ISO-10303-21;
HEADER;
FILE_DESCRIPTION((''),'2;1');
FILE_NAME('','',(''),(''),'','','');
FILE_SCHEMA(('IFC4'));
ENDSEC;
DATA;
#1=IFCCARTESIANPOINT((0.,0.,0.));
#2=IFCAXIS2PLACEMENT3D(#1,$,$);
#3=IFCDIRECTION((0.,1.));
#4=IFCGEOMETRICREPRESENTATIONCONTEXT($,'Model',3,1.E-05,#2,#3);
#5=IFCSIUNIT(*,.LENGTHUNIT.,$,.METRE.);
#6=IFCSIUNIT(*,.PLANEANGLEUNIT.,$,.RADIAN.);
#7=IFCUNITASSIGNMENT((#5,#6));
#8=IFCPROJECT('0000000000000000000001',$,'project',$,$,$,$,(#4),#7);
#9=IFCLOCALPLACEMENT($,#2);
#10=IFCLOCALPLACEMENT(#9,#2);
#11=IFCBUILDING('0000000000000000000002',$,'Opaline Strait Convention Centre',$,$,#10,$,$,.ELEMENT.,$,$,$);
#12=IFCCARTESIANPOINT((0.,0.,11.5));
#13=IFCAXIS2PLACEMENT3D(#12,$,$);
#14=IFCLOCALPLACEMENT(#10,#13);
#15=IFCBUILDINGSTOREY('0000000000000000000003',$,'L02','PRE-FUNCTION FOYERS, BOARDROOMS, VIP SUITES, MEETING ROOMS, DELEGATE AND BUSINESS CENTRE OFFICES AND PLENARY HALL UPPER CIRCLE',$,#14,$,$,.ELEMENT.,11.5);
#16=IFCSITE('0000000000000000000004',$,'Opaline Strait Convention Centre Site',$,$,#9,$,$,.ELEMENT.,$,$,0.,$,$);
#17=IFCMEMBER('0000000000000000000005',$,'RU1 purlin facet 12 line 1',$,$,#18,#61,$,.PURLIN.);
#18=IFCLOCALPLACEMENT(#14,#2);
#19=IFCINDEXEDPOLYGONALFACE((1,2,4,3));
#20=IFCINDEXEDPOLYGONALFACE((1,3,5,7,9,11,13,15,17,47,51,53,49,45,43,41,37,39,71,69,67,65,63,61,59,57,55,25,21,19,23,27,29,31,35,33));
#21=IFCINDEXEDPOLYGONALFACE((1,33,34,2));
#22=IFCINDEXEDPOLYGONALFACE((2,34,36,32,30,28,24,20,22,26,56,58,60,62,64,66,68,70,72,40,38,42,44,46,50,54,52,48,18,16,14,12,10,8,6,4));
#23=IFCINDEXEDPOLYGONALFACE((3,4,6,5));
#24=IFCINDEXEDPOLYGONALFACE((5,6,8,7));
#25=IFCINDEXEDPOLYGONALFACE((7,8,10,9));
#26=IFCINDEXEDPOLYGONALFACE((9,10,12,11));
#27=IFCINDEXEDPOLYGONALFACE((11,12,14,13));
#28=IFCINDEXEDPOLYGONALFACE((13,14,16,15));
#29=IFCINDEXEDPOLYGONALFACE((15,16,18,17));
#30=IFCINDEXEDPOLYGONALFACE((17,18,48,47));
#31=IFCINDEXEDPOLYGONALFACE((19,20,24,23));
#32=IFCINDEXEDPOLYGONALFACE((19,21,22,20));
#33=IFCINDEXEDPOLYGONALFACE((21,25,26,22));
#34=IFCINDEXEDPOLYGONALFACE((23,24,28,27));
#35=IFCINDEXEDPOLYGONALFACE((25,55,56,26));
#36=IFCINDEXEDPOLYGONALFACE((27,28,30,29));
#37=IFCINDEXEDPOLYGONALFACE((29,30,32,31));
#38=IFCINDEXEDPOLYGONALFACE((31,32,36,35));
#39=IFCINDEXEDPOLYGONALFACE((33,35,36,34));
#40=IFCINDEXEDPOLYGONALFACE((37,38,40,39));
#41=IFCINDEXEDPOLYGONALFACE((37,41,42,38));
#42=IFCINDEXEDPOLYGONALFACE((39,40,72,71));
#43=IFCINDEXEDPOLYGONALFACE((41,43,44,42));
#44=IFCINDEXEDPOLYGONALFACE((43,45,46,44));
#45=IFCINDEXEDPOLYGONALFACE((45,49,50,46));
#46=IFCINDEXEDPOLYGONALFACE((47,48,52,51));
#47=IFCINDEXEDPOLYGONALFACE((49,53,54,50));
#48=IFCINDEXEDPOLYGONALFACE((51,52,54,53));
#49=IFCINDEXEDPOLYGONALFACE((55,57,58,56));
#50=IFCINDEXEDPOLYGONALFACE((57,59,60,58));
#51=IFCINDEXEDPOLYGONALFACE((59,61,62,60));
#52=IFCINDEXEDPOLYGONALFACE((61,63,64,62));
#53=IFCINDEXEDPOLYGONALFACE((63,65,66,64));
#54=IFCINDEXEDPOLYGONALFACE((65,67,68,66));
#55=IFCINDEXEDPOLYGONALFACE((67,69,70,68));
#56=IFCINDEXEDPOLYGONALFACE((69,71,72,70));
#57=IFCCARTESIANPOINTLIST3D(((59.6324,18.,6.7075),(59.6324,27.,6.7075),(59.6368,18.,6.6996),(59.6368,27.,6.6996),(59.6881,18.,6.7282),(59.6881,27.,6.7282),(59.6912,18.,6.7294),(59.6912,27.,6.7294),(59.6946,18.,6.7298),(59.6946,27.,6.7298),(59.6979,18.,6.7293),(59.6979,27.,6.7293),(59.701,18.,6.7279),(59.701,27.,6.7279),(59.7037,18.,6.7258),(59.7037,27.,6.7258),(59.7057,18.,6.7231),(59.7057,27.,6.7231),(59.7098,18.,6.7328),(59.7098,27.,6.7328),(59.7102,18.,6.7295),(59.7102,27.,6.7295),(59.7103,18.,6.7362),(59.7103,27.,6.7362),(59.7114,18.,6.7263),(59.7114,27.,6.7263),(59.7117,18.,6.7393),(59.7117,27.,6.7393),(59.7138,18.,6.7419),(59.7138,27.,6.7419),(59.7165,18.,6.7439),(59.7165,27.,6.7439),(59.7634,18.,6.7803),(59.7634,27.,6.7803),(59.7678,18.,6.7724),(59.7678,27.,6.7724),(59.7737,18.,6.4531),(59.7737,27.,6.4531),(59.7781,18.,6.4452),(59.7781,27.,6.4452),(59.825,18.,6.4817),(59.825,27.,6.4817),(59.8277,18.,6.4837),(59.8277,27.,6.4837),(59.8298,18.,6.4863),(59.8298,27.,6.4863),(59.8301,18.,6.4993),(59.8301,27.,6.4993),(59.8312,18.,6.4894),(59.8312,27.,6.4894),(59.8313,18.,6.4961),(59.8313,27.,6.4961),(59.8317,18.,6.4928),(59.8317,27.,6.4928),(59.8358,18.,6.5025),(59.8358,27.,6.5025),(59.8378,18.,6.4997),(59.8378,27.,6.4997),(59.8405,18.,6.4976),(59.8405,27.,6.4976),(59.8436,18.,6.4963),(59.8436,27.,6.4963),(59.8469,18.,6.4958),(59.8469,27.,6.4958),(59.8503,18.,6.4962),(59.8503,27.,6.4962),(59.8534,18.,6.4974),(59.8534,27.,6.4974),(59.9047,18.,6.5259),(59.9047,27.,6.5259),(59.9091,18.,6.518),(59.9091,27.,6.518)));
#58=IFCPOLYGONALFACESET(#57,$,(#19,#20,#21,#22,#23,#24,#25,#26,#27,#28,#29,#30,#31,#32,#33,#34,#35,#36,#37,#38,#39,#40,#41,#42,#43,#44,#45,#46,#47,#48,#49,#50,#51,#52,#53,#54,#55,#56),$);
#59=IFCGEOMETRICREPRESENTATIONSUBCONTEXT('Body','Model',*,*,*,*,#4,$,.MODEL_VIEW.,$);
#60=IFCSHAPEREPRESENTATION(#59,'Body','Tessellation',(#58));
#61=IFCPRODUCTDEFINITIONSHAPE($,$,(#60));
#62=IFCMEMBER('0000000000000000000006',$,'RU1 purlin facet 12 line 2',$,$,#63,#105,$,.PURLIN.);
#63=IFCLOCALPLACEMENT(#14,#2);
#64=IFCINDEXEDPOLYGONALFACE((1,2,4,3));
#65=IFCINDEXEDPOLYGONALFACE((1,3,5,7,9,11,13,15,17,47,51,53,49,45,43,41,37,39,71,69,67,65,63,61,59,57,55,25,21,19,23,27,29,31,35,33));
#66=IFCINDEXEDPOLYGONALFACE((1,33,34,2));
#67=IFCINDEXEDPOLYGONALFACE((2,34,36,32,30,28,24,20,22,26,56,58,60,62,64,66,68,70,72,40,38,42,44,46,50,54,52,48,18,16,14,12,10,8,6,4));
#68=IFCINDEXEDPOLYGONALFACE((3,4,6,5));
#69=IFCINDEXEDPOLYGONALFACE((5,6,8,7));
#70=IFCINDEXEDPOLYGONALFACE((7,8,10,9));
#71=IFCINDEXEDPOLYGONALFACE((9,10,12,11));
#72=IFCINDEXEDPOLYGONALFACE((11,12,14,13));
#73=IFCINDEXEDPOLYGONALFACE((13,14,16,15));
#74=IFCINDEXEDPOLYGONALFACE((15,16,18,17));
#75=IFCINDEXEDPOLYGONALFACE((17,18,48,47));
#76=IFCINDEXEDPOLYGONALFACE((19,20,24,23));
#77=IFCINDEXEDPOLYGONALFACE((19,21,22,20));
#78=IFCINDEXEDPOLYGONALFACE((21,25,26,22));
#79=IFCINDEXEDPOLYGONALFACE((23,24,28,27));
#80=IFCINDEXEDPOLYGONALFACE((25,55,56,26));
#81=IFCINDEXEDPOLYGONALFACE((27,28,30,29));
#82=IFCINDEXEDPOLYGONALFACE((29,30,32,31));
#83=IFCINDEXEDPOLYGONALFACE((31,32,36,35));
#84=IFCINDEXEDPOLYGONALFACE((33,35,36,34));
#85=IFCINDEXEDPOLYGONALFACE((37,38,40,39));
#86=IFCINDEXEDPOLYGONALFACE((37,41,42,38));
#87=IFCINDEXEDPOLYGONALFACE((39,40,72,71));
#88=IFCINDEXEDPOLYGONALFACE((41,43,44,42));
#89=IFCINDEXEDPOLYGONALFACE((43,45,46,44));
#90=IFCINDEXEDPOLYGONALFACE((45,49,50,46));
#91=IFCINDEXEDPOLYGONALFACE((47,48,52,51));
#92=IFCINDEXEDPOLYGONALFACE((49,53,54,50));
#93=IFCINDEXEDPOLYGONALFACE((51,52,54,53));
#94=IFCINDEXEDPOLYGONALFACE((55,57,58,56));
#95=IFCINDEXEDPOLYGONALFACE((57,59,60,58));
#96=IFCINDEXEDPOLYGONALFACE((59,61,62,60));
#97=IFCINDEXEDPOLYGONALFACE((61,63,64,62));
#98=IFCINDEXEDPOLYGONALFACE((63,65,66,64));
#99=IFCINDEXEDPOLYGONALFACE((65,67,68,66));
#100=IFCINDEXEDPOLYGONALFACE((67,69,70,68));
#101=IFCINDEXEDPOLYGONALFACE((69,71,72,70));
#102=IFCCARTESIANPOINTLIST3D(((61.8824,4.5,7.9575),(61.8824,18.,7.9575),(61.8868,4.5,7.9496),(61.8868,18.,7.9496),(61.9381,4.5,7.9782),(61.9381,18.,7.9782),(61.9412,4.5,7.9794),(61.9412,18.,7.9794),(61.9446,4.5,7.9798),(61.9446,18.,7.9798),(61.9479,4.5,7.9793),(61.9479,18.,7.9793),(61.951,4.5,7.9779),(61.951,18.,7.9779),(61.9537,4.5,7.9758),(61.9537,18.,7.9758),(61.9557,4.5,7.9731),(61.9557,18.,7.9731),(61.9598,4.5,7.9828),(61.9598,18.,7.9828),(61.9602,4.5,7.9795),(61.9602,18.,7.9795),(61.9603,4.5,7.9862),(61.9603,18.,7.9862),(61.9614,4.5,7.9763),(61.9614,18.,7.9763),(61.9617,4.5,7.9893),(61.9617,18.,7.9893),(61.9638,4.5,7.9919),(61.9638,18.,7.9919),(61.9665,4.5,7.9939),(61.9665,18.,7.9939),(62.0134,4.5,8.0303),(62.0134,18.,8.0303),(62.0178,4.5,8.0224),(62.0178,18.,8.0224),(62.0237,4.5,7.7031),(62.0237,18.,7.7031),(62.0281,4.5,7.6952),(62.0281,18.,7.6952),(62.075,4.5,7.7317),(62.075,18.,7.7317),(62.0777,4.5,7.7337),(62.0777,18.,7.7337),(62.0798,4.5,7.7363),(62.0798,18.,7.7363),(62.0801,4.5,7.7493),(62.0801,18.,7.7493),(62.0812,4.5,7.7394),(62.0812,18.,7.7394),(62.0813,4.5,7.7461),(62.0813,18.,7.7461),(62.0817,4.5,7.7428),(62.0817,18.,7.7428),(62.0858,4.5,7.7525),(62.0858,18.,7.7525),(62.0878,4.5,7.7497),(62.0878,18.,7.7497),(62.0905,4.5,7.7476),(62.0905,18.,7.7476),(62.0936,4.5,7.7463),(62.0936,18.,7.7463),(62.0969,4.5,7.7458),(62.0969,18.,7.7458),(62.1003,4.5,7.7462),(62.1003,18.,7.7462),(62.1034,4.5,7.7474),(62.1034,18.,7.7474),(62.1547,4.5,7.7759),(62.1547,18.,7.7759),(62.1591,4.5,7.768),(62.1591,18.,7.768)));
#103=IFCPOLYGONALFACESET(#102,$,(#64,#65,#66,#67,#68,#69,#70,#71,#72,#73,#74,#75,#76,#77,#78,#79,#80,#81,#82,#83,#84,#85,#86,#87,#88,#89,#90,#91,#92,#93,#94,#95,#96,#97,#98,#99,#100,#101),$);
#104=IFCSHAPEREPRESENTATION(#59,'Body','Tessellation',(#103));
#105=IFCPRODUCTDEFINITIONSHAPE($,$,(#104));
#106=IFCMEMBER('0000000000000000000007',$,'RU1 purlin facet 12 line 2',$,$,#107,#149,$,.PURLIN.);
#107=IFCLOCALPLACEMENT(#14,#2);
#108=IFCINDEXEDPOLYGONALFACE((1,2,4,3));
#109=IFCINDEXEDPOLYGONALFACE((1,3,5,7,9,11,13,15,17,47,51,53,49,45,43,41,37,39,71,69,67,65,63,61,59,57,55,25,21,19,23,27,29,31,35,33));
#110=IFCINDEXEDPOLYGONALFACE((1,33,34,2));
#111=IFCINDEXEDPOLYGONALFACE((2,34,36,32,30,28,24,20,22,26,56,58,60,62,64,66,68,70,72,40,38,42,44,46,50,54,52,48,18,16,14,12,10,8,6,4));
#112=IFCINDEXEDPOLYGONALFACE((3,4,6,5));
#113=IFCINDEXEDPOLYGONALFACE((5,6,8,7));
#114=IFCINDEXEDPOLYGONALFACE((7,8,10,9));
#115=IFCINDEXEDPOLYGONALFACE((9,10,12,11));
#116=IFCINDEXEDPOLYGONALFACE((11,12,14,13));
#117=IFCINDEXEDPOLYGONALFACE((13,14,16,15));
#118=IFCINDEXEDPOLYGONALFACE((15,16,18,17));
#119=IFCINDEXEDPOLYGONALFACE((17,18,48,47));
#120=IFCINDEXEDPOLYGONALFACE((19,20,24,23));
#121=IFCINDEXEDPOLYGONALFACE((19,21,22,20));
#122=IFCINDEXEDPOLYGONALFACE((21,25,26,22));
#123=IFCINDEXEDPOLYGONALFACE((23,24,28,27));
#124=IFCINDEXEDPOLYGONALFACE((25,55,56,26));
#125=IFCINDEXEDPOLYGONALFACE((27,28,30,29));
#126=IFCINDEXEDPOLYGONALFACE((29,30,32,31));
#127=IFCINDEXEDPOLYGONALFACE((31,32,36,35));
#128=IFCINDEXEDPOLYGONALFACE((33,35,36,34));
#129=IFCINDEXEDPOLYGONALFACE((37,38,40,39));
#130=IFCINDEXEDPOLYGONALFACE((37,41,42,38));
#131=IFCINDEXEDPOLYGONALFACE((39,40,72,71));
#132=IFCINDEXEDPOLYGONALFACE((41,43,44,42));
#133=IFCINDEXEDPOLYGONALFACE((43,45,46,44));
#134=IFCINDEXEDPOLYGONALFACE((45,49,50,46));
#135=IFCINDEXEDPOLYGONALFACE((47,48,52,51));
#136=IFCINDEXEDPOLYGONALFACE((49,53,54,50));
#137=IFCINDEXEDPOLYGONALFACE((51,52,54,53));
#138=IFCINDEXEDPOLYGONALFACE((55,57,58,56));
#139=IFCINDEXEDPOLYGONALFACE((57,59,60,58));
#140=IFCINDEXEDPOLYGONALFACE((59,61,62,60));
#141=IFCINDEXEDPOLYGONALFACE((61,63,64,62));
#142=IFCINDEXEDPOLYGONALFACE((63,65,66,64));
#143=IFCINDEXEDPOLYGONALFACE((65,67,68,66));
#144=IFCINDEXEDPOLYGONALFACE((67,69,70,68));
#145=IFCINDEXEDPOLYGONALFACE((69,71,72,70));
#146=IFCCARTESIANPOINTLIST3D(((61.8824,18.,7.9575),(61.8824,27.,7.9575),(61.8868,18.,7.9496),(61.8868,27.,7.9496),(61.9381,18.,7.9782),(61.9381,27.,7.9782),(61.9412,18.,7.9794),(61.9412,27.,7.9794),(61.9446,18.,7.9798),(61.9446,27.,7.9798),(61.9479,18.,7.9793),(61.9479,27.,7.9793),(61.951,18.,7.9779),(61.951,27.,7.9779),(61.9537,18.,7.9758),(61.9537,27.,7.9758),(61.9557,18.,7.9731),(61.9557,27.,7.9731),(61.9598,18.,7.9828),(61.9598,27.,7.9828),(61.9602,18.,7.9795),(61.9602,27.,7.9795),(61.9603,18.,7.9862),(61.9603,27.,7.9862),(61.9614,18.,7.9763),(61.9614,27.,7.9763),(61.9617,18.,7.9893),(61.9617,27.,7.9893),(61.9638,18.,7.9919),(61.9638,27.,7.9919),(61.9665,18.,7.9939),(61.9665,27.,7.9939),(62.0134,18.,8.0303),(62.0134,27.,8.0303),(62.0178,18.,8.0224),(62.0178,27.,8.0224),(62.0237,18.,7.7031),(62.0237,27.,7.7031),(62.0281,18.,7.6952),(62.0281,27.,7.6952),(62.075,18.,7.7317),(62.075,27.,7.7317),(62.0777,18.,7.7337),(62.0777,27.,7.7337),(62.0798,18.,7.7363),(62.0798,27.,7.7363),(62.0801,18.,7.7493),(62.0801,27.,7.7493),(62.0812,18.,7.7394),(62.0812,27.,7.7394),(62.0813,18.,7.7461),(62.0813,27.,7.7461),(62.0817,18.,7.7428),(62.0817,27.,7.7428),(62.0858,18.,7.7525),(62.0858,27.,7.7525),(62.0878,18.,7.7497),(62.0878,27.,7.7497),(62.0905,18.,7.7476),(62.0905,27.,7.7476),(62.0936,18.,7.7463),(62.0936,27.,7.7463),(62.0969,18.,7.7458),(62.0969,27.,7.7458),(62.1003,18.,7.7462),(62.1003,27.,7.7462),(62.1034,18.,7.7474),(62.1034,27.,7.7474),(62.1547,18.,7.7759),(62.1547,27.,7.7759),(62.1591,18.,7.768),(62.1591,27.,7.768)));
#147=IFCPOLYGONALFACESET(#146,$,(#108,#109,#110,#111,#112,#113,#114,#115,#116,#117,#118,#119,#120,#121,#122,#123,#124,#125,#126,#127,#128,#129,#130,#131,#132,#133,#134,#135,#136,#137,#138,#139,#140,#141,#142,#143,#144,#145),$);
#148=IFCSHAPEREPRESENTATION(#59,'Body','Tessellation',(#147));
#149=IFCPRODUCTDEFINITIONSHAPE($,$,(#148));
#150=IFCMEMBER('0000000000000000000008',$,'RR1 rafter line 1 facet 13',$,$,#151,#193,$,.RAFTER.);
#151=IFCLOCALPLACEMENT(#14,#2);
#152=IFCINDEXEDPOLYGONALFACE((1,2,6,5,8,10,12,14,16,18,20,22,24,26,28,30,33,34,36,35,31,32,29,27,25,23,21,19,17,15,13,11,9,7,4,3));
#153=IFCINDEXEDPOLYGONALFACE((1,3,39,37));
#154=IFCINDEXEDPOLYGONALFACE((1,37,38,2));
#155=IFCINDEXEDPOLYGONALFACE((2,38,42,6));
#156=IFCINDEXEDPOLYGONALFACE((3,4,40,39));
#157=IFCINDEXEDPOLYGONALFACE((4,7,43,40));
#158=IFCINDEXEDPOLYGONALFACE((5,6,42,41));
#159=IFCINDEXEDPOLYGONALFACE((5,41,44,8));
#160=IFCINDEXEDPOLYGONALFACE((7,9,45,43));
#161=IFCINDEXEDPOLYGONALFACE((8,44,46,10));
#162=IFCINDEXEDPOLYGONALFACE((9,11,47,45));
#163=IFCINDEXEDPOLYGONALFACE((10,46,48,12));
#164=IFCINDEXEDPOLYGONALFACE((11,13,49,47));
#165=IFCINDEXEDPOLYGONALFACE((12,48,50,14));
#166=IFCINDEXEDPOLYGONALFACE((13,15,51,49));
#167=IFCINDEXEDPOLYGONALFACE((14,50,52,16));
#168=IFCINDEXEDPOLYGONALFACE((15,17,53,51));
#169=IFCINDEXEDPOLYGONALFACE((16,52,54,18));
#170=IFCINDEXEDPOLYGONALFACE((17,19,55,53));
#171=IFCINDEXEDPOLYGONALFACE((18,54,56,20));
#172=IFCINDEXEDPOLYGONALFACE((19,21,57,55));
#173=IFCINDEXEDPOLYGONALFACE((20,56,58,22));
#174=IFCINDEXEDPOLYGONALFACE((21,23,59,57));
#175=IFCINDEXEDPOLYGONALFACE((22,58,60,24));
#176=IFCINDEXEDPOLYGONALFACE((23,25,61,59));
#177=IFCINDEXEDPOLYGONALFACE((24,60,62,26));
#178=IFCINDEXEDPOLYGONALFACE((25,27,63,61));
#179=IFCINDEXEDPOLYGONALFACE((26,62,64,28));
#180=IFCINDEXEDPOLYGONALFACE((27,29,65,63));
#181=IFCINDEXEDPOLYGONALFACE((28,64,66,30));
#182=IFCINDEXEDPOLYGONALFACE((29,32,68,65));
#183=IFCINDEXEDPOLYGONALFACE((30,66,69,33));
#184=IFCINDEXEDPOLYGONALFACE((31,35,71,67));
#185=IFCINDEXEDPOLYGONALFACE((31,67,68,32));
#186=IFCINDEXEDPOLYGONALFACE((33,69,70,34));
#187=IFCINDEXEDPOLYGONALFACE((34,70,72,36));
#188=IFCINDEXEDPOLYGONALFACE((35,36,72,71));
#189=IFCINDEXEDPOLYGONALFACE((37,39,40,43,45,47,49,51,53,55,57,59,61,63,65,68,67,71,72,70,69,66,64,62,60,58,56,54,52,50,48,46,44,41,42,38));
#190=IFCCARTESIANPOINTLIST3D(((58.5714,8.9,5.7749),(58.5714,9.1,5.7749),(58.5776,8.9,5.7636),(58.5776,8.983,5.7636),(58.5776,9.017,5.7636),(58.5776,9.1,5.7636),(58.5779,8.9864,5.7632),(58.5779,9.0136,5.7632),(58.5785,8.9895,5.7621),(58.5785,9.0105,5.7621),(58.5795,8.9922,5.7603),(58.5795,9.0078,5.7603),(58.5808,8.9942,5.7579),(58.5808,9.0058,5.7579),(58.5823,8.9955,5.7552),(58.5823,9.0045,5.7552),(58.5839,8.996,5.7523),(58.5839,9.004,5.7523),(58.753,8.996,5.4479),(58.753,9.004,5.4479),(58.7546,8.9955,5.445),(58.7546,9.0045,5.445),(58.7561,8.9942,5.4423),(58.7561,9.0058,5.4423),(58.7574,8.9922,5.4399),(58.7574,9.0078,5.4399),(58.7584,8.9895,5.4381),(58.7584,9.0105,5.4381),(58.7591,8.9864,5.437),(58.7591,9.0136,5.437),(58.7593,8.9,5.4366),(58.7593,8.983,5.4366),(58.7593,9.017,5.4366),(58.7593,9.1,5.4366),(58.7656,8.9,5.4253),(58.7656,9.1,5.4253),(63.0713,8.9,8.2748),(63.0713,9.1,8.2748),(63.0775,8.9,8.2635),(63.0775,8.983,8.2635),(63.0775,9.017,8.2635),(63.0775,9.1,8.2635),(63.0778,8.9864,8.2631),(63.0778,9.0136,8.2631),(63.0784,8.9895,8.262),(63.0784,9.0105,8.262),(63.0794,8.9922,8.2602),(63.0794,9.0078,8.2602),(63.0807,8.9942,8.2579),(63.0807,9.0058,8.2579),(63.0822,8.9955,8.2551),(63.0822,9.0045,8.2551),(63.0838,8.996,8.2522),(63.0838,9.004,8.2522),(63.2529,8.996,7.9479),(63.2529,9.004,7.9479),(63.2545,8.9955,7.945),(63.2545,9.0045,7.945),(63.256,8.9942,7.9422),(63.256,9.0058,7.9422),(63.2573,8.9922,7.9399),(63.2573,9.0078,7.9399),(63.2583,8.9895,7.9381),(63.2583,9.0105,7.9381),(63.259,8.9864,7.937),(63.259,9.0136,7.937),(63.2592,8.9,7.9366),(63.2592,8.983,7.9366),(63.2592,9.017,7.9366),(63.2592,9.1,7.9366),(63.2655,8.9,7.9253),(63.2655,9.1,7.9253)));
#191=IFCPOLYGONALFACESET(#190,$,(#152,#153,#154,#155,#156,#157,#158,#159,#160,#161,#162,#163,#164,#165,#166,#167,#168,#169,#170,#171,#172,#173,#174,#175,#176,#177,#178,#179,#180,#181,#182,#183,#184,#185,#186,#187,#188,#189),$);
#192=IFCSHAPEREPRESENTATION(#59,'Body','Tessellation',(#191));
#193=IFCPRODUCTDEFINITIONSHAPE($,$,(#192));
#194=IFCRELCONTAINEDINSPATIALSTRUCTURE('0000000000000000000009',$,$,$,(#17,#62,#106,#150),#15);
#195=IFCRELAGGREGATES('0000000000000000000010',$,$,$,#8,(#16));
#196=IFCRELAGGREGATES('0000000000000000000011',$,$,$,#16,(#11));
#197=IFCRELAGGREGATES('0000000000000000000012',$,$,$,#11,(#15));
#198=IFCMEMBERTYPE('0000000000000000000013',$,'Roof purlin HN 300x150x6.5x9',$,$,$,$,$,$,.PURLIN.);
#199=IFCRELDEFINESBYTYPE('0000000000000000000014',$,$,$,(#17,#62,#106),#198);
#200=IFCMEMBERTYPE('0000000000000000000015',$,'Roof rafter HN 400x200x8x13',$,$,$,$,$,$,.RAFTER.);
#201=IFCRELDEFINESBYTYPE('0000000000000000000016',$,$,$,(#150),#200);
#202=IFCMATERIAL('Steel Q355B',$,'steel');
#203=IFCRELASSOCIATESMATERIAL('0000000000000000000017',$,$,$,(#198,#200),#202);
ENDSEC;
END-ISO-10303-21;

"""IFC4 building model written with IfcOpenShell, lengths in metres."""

from ifc_helpers import new_model, si_unit, direction, frame, origin, origin_2d, place, context, subcontext, project, spatial, i_section, extrude, material, material_profile, profile_set, type_object, element, save


model = new_model("IFC4")

# Units and contexts
model_context = context("Model", 3, precision=1e-05, world=origin(), true_north=direction((0.0, 1.0)))
body_context = subcontext(model_context, "Body", "Model", "MODEL_VIEW")
ifc_project = project(units=[si_unit("LENGTHUNIT", "METRE"), si_unit("PLANEANGLEUNIT", "RADIAN")], contexts=[model_context])

# Site, building, storey
site_placement = place(None, origin())
site = spatial("IfcSite", under=ifc_project, at=site_placement, Name="Opaline Strait Convention Centre Site", CompositionType="ELEMENT", RefElevation=0.0)
building_placement = place(site_placement, origin())
building = spatial("IfcBuilding", under=site, at=building_placement, Name="Opaline Strait Convention Centre", CompositionType="ELEMENT")
storey_placement = place(building_placement, frame((0.0, 0.0, 11.5)))
storey = spatial("IfcBuildingStorey", under=building, at=storey_placement, Name="L02", Description="PRE-FUNCTION FOYERS, BOARDROOMS, VIP SUITES, MEETING ROOMS, DELEGATE AND BUSINESS CENTRE OFFICES AND PLENARY HALL UPPER CIRCLE", CompositionType="ELEMENT", Elevation=11.5)

# Shared definitions
ifc_material_1 = material(Name="Steel Q355B", Category="steel")

# Members
ifc_material_profile_1 = material_profile(ifc_material_1, i_section(OverallWidth=0.1499, OverallDepth=0.3, WebThickness=0.0066, FlangeThickness=0.009, FilletRadius=0.0129, at=origin_2d()), Name="HN 300x150x6.5x9")
ifc_profile_set_1 = profile_set([ifc_material_profile_1], Name="Steel Q355B")
member_type_1 = type_object("IfcMemberType", Name="Roof purlin HN 300x150x6.5x9", PredefinedType="PURLIN", material=ifc_profile_set_1)
member_1_placement = place(storey_placement, frame((59.7708, 18.0, 6.6128), z_axis=(0.0, 1.0, 0.0), x_axis=(-0.874157, 0.0, -0.485643)))
element("IfcMember", 1, at=member_1_placement, inside=storey, type_object=member_type_1, Name="RU1 purlin facet 12 line 1", PredefinedType="PURLIN", context=body_context, shape_type="SweptSolid", body=[
    extrude(i_section(OverallWidth=0.1499, OverallDepth=0.3, WebThickness=0.0066, FlangeThickness=0.009, FilletRadius=0.0129, at=origin_2d()), origin(), (0.0, 0.0, 1.0), 9.0),
])
member_2_placement = place(storey_placement, frame((62.0208, 4.5, 7.8628), z_axis=(0.0, 1.0, 0.0), x_axis=(-0.874157, 0.0, -0.485643)))
element("IfcMember", 2, at=member_2_placement, inside=storey, type_object=member_type_1, Name="RU1 purlin facet 12 line 2", PredefinedType="PURLIN", context=body_context, shape_type="SweptSolid", body=[
    extrude(i_section(OverallWidth=0.1499, OverallDepth=0.3, WebThickness=0.0066, FlangeThickness=0.009, FilletRadius=0.0129, at=origin_2d()), origin(), (0.0, 0.0, 1.0), 13.5),
])
member_3_placement = place(storey_placement, frame((62.0208, 18.0, 7.8628), z_axis=(0.0, 1.0, 0.0), x_axis=(-0.874157, 0.0, -0.485643)))
element("IfcMember", 3, at=member_3_placement, inside=storey, type_object=member_type_1, Name="RU1 purlin facet 12 line 2", PredefinedType="PURLIN", context=body_context, shape_type="SweptSolid", body=[
    extrude(i_section(OverallWidth=0.1499, OverallDepth=0.3, WebThickness=0.0066, FlangeThickness=0.009, FilletRadius=0.0129, at=origin_2d()), origin(), (0.0, 0.0, 1.0), 9.0),
])
ifc_material_profile_2 = material_profile(ifc_material_1, i_section(OverallWidth=0.2, OverallDepth=0.3999, WebThickness=0.0081, FlangeThickness=0.0129, FilletRadius=0.0129, at=origin_2d()), Name="HN 400x200x8x13")
ifc_profile_set_2 = profile_set([ifc_material_profile_2], Name="Steel Q355B")
member_type_2 = type_object("IfcMemberType", Name="Roof rafter HN 400x200x8x13", PredefinedType="RAFTER", material=ifc_profile_set_2)
for number, where, z_axis, x_axis, name in (
    (4, (58.6685, 9.0, 5.6001), (0.874157, 0.0, 0.485643), (0.0, 1.0, 0.0), "RR1 rafter line 1 facet 13"),
):
    element("IfcMember", number, at=place(storey_placement, frame(where, z_axis=z_axis, x_axis=x_axis)), inside=storey, type_object=member_type_2, Name=name, PredefinedType="RAFTER", context=body_context, shape_type="SweptSolid", body=[
        extrude(i_section(OverallWidth=0.2, OverallDepth=0.3999, WebThickness=0.0081, FlangeThickness=0.0129, FilletRadius=0.0129, at=origin_2d()), origin(), (0.0, 0.0, 1.0), 5.1477),
    ])

save(model, "model.ifc")
